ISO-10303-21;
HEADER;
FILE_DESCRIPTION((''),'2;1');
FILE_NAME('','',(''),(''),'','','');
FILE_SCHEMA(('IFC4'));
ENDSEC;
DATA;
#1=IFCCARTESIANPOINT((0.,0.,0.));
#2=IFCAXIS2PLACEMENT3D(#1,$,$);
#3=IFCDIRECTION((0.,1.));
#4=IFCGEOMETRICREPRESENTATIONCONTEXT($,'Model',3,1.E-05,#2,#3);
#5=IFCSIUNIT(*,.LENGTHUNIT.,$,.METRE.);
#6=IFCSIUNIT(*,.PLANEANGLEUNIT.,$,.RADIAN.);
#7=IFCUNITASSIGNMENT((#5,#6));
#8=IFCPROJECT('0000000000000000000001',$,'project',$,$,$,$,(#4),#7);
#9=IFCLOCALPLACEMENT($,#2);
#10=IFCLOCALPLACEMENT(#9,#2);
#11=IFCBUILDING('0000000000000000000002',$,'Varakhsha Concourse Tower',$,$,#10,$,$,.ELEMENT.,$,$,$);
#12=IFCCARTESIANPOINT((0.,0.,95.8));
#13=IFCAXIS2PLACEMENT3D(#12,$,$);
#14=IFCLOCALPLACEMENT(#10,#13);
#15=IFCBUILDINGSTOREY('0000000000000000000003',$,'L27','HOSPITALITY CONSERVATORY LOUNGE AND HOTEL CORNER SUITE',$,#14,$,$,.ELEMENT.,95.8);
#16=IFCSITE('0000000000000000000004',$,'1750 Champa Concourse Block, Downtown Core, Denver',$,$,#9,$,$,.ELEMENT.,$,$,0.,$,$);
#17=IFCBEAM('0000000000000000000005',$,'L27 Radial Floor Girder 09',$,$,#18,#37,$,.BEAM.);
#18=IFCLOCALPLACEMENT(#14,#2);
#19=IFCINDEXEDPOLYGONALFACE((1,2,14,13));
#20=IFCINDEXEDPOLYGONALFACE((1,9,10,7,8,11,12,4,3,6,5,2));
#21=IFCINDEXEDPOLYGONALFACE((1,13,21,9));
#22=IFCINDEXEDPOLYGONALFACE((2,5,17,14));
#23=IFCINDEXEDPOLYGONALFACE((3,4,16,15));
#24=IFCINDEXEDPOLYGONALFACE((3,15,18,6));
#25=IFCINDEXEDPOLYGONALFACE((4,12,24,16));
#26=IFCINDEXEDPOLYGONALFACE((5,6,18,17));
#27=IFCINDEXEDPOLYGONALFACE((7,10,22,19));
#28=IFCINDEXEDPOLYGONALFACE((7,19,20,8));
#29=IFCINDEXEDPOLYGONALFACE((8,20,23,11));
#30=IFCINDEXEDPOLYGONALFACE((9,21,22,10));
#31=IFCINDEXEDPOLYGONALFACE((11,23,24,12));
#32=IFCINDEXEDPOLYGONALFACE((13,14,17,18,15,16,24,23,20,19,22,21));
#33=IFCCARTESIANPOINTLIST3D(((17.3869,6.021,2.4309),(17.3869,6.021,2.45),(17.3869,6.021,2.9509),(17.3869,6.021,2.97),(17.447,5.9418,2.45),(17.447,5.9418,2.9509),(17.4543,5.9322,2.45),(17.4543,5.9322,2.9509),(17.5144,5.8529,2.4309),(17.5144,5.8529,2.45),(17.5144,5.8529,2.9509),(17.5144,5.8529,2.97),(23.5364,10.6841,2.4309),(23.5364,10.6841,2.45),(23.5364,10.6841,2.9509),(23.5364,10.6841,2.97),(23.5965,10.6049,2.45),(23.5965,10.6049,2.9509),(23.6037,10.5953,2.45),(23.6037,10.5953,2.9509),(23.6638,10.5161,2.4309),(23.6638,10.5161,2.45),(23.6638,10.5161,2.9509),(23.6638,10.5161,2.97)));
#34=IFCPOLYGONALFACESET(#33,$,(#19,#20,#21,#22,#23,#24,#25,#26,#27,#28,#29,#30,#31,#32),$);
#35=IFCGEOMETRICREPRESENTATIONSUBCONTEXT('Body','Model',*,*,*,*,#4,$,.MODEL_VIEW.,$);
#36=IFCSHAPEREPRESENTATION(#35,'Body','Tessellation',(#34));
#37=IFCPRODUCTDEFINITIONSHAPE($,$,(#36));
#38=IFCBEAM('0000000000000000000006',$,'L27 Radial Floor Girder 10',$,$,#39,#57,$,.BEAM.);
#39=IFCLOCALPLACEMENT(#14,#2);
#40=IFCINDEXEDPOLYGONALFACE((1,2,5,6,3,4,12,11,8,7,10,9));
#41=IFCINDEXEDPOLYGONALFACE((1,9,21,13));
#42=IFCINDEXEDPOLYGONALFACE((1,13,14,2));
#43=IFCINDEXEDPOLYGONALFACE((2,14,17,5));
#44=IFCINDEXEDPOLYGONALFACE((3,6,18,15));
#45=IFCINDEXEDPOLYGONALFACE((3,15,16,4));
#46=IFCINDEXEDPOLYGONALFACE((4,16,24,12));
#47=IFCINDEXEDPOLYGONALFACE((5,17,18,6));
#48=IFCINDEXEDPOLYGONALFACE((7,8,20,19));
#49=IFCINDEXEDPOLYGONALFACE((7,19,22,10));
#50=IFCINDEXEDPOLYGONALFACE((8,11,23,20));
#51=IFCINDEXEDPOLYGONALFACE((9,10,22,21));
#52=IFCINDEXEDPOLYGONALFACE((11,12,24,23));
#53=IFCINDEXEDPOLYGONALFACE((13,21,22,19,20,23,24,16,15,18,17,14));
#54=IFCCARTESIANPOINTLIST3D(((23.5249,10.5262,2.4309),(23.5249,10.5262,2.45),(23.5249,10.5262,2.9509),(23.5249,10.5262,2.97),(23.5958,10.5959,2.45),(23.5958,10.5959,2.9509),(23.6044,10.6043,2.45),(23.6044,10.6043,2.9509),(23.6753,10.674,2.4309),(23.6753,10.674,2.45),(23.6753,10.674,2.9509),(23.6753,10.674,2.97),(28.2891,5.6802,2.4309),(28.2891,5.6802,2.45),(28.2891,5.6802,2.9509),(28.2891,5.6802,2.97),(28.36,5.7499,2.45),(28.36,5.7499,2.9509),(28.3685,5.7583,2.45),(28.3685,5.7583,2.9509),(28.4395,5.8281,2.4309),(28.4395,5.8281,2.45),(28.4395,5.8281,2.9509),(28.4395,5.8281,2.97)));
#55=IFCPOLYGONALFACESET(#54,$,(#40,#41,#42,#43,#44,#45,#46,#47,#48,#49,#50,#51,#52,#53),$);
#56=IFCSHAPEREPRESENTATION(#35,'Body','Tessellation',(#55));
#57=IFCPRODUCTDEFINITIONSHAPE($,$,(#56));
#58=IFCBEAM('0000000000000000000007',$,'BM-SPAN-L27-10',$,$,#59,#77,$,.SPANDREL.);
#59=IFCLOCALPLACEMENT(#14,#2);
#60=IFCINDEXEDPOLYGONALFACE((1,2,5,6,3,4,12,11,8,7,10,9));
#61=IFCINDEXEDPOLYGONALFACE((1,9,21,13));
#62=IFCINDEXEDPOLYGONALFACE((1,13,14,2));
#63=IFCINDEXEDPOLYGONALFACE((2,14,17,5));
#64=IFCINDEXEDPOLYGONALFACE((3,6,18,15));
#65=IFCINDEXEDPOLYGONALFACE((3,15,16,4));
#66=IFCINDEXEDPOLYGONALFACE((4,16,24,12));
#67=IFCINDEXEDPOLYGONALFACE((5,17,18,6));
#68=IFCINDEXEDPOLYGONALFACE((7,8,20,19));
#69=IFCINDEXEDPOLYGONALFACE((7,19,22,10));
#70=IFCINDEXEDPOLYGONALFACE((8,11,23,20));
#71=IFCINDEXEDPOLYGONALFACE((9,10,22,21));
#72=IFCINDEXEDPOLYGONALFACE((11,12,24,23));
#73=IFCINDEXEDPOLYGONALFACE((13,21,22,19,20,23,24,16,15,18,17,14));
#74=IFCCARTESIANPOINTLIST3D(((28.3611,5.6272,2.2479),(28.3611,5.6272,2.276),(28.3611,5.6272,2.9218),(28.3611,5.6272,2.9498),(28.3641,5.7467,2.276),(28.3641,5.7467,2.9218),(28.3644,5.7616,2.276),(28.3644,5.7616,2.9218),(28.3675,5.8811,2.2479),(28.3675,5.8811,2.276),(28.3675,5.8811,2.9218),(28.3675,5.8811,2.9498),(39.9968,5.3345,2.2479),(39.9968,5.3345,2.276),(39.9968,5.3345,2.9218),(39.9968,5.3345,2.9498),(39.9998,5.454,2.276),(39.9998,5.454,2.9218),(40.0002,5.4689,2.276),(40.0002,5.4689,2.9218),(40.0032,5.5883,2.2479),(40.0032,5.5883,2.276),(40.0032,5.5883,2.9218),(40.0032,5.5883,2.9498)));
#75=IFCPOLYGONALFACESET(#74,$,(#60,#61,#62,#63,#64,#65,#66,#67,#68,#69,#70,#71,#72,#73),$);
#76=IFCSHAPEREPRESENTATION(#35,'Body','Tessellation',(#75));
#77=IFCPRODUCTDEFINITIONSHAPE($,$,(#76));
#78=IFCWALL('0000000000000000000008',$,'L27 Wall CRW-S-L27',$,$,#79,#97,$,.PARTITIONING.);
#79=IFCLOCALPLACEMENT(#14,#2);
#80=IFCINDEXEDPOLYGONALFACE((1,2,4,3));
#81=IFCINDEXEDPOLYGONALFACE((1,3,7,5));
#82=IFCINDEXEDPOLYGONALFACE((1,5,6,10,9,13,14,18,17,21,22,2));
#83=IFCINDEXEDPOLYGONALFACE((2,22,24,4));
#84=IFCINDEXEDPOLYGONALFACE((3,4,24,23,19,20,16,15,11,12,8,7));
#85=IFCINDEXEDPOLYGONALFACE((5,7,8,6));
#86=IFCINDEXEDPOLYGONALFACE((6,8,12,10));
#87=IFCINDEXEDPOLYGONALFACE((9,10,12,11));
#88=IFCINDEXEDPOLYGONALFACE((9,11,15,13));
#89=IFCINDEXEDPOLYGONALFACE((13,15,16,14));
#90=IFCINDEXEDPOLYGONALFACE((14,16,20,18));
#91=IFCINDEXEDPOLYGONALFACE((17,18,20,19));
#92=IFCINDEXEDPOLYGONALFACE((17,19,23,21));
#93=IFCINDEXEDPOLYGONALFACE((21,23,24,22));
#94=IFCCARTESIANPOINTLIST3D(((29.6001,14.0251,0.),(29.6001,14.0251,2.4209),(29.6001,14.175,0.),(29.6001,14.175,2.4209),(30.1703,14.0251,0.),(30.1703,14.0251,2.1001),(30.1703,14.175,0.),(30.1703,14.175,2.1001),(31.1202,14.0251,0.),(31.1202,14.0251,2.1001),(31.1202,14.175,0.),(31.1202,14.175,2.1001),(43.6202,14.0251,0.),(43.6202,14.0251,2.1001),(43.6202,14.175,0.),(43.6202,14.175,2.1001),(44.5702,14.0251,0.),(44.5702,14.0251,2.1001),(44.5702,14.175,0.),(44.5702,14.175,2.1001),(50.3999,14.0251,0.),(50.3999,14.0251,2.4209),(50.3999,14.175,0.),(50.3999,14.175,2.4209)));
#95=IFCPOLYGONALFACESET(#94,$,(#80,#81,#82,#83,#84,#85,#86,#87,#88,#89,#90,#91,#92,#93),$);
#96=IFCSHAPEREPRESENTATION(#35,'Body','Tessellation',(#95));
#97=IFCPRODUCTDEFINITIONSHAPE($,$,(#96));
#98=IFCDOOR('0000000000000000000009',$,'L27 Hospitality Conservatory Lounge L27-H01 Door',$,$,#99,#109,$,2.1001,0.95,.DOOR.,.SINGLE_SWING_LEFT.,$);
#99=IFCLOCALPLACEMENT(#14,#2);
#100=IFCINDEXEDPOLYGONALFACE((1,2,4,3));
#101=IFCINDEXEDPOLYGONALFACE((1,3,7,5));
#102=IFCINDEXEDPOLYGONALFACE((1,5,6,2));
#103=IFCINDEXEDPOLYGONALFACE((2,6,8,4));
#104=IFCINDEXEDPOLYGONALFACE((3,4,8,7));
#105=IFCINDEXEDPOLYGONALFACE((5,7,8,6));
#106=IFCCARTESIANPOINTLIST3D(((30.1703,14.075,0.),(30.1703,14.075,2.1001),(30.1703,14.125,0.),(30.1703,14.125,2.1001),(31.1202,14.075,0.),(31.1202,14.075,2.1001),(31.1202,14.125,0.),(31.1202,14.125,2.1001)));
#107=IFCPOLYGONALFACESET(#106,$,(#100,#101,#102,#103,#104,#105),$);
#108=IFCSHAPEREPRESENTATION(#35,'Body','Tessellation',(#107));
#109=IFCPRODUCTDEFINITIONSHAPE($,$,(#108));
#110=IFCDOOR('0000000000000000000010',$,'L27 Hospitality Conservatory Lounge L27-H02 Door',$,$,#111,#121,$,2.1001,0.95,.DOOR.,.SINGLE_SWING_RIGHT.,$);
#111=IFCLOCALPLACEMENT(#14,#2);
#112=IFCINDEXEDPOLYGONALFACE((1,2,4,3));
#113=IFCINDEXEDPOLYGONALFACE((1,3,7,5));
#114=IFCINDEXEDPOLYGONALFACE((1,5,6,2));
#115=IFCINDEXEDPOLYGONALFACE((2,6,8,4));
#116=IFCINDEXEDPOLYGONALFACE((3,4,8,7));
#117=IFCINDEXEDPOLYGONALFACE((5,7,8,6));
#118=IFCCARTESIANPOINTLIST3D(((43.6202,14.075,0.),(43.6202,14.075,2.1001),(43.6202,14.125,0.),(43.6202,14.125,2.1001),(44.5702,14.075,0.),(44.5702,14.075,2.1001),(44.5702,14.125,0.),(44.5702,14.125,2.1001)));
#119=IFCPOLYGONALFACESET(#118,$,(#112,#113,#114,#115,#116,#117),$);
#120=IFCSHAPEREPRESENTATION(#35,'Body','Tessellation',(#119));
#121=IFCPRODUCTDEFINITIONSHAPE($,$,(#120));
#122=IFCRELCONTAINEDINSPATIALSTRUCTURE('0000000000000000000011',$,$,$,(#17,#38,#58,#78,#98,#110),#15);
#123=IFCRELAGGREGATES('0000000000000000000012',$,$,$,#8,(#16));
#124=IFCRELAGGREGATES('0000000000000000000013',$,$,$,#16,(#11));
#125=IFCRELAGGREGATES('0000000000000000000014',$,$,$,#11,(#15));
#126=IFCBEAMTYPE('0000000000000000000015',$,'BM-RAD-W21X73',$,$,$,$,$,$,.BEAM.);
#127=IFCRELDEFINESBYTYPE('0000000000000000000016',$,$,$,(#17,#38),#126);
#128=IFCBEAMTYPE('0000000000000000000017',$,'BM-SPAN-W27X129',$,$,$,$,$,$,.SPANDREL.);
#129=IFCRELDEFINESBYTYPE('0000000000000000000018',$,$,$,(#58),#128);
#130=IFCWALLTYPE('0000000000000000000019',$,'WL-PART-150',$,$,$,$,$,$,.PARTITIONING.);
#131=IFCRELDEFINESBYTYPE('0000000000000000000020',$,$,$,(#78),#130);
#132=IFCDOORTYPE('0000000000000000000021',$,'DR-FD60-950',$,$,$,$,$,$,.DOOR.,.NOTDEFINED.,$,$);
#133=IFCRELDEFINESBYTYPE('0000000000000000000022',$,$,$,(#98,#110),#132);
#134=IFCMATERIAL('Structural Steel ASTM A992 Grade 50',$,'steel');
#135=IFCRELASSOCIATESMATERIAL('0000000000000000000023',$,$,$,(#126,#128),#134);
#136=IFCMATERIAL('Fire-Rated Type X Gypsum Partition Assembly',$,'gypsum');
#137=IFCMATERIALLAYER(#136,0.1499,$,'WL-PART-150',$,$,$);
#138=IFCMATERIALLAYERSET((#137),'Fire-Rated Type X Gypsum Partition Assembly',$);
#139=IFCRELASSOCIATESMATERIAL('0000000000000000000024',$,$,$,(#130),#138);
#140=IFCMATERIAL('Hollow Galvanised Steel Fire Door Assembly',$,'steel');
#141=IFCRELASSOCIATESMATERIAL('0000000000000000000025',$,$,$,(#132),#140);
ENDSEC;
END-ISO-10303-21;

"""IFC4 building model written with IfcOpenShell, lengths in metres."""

from ifc_helpers import new_model, si_unit, direction, frame, frame_2d, origin, origin_2d, place, context, subcontext, project, spatial, rectangle, i_section, extrude, material, layer, layer_set, material_profile, profile_set, type_object, element, fill, save


model = new_model("IFC4")

# Units and contexts
model_context = context("Model", 3, precision=1e-05, world=origin(), true_north=direction((0.0, 1.0)))
body_context = subcontext(model_context, "Body", "Model", "MODEL_VIEW")
ifc_project = project(units=[si_unit("LENGTHUNIT", "METRE"), si_unit("PLANEANGLEUNIT", "RADIAN")], contexts=[model_context])

# Site, building, storey
site_placement = place(None, origin())
site = spatial("IfcSite", under=ifc_project, at=site_placement, Name="1750 Champa Concourse Block, Downtown Core, Denver", CompositionType="ELEMENT", RefElevation=0.0)
building_placement = place(site_placement, origin())
building = spatial("IfcBuilding", under=site, at=building_placement, Name="Varakhsha Concourse Tower", CompositionType="ELEMENT")
storey_placement = place(building_placement, frame((0.0, 0.0, 95.8)))
storey = spatial("IfcBuildingStorey", under=building, at=storey_placement, Name="L27", Description="HOSPITALITY CONSERVATORY LOUNGE AND HOTEL CORNER SUITE", CompositionType="ELEMENT", Elevation=95.8)

# Shared definitions
ifc_material_1 = material(Name="Structural Steel ASTM A992 Grade 50", Category="steel")

# Beams
ifc_material_profile_1 = material_profile(ifc_material_1, i_section(OverallWidth=0.2109, OverallDepth=0.5391, WebThickness=0.012, FlangeThickness=0.019, at=origin_2d()), Name="W21X73")
ifc_profile_set_1 = profile_set([ifc_material_profile_1], Name="Structural Steel ASTM A992 Grade 50")
beam_type_1 = type_object("IfcBeamType", Name="BM-RAD-W21X73", PredefinedType="BEAM", material=ifc_profile_set_1)
beam_1_placement = place(storey_placement, frame((23.6001, 10.6001, 2.7004), z_axis=(-0.796815, -0.604223, 0.0), x_axis=(0.604223, -0.796815, 0.0)))
element("IfcBeam", 1, at=beam_1_placement, inside=storey, type_object=beam_type_1, Name="L27 Radial Floor Girder 09", PredefinedType="BEAM", context=body_context, shape_type="SweptSolid", body=[
    extrude(i_section(OverallWidth=0.2109, OverallDepth=0.5391, WebThickness=0.012, FlangeThickness=0.019, at=origin_2d()), origin(), (0.0, 0.0, 1.0), 7.7175),
])
beam_2_placement = place(storey_placement, frame((23.6001, 10.6001, 2.7004), z_axis=(0.701064, -0.713099, 0.0), x_axis=(0.713099, 0.701064, 0.0)))
element("IfcBeam", 2, at=beam_2_placement, inside=storey, type_object=beam_type_1, Name="L27 Radial Floor Girder 10", PredefinedType="BEAM", context=body_context, shape_type="SweptSolid", body=[
    extrude(i_section(OverallWidth=0.2109, OverallDepth=0.5391, WebThickness=0.012, FlangeThickness=0.019, at=origin_2d()), origin(), (0.0, 0.0, 1.0), 6.7957),
])
ifc_material_profile_2 = material_profile(ifc_material_1, i_section(OverallWidth=0.2539, OverallDepth=0.7019, WebThickness=0.0149, FlangeThickness=0.0281, at=origin_2d()), Name="W27X129")
ifc_profile_set_2 = profile_set([ifc_material_profile_2], Name="Structural Steel ASTM A992 Grade 50")
beam_type_2 = type_object("IfcBeamType", Name="BM-SPAN-W27X129", PredefinedType="SPANDREL", material=ifc_profile_set_2)
beam_3_placement = place(storey_placement, frame((28.3643, 5.7542, 2.5989), z_axis=(0.999684, -0.025149, 0.0), x_axis=(0.025149, 0.999684, 0.0)))
element("IfcBeam", 3, at=beam_3_placement, inside=storey, type_object=beam_type_2, Name="BM-SPAN-L27-10", PredefinedType="SPANDREL", context=body_context, shape_type="SweptSolid", body=[
    extrude(i_section(OverallWidth=0.2539, OverallDepth=0.7019, WebThickness=0.0149, FlangeThickness=0.0281, at=origin_2d()), origin(), (0.0, 0.0, 1.0), 11.6394),
])

# Wall, openings, doors
ifc_material_2 = material(Name="Fire-Rated Type X Gypsum Partition Assembly", Category="gypsum")
ifc_layer = layer(ifc_material_2, 0.1499, Name="WL-PART-150")
ifc_layer_set = layer_set([ifc_layer], Name="Fire-Rated Type X Gypsum Partition Assembly")
wall_type = type_object("IfcWallType", Name="WL-PART-150", PredefinedType="PARTITIONING", material=ifc_layer_set)
wall_1_placement = place(storey_placement, frame((29.6001, 14.1001, 0.0), z_axis=(0.0, 0.0, 1.0), x_axis=(1.0, 0.0, 0.0)))
wall_1 = element("IfcWall", 4, at=wall_1_placement, inside=storey, type_object=wall_type, Name="L27 Wall CRW-S-L27", PredefinedType="PARTITIONING", context=body_context, shape_type="SweptSolid", body=[
    extrude(rectangle(XDim=20.7998, YDim=0.1499, at=frame_2d((10.3999, 0.0))), origin(), (0.0, 0.0, 1.0), 2.4209),
])
opening_1_placement = place(wall_1_placement, frame((0.5701, 0.0, 0.0)))
opening_1 = element("IfcOpeningElement", 5, at=opening_1_placement, cuts=wall_1, PredefinedType="OPENING", context=body_context, shape_type="SweptSolid", body=[
    extrude(rectangle(XDim=0.95, YDim=2.1001, at=frame_2d((0.4751, 1.05))), frame((0.0, 0.085, 0.0), z_axis=(0.0, -1.0, 0.0), x_axis=(1.0, 0.0, 0.0)), (0.0, 0.0, 1.0), 0.1699),
])
opening_2_placement = place(wall_1_placement, frame((14.02, 0.0, 0.0)))
opening_2 = element("IfcOpeningElement", 6, at=opening_2_placement, cuts=wall_1, PredefinedType="OPENING", context=body_context, shape_type="SweptSolid", body=[
    extrude(rectangle(XDim=0.95, YDim=2.1001, at=frame_2d((0.4751, 1.05))), frame((0.0, 0.085, 0.0), z_axis=(0.0, -1.0, 0.0), x_axis=(1.0, 0.0, 0.0)), (0.0, 0.0, 1.0), 0.1699),
])
ifc_material_3 = material(Name="Hollow Galvanised Steel Fire Door Assembly", Category="steel")
door_type = type_object("IfcDoorType", Name="DR-FD60-950", OperationType="NOTDEFINED", PredefinedType="DOOR", material=ifc_material_3)
door_1_placement = place(opening_1_placement, origin())
door_1 = element("IfcDoor", 7, at=door_1_placement, inside=storey, type_object=door_type, Name="L27 Hospitality Conservatory Lounge L27-H01 Door", OperationType="SINGLE_SWING_LEFT", OverallHeight=2.1001, OverallWidth=0.95, PredefinedType="DOOR", context=body_context, shape_type="SweptSolid", body=[
    extrude(rectangle(XDim=0.95, YDim=2.1001, at=frame_2d((0.4751, 1.05))), frame((0.0, 0.0249, 0.0), z_axis=(0.0, -1.0, 0.0), x_axis=(1.0, 0.0, 0.0)), (0.0, 0.0, 1.0), 0.05),
])
fill(opening_1, door_1)
door_2_placement = place(opening_2_placement, origin())
door_2 = element("IfcDoor", 8, at=door_2_placement, inside=storey, type_object=door_type, Name="L27 Hospitality Conservatory Lounge L27-H02 Door", OperationType="SINGLE_SWING_RIGHT", OverallHeight=2.1001, OverallWidth=0.95, PredefinedType="DOOR", context=body_context, shape_type="SweptSolid", body=[
    extrude(rectangle(XDim=0.95, YDim=2.1001, at=frame_2d((0.4751, 1.05))), frame((0.0, 0.0249, 0.0), z_axis=(0.0, -1.0, 0.0), x_axis=(1.0, 0.0, 0.0)), (0.0, 0.0, 1.0), 0.05),
])
fill(opening_2, door_2)

save(model, "model.ifc")
